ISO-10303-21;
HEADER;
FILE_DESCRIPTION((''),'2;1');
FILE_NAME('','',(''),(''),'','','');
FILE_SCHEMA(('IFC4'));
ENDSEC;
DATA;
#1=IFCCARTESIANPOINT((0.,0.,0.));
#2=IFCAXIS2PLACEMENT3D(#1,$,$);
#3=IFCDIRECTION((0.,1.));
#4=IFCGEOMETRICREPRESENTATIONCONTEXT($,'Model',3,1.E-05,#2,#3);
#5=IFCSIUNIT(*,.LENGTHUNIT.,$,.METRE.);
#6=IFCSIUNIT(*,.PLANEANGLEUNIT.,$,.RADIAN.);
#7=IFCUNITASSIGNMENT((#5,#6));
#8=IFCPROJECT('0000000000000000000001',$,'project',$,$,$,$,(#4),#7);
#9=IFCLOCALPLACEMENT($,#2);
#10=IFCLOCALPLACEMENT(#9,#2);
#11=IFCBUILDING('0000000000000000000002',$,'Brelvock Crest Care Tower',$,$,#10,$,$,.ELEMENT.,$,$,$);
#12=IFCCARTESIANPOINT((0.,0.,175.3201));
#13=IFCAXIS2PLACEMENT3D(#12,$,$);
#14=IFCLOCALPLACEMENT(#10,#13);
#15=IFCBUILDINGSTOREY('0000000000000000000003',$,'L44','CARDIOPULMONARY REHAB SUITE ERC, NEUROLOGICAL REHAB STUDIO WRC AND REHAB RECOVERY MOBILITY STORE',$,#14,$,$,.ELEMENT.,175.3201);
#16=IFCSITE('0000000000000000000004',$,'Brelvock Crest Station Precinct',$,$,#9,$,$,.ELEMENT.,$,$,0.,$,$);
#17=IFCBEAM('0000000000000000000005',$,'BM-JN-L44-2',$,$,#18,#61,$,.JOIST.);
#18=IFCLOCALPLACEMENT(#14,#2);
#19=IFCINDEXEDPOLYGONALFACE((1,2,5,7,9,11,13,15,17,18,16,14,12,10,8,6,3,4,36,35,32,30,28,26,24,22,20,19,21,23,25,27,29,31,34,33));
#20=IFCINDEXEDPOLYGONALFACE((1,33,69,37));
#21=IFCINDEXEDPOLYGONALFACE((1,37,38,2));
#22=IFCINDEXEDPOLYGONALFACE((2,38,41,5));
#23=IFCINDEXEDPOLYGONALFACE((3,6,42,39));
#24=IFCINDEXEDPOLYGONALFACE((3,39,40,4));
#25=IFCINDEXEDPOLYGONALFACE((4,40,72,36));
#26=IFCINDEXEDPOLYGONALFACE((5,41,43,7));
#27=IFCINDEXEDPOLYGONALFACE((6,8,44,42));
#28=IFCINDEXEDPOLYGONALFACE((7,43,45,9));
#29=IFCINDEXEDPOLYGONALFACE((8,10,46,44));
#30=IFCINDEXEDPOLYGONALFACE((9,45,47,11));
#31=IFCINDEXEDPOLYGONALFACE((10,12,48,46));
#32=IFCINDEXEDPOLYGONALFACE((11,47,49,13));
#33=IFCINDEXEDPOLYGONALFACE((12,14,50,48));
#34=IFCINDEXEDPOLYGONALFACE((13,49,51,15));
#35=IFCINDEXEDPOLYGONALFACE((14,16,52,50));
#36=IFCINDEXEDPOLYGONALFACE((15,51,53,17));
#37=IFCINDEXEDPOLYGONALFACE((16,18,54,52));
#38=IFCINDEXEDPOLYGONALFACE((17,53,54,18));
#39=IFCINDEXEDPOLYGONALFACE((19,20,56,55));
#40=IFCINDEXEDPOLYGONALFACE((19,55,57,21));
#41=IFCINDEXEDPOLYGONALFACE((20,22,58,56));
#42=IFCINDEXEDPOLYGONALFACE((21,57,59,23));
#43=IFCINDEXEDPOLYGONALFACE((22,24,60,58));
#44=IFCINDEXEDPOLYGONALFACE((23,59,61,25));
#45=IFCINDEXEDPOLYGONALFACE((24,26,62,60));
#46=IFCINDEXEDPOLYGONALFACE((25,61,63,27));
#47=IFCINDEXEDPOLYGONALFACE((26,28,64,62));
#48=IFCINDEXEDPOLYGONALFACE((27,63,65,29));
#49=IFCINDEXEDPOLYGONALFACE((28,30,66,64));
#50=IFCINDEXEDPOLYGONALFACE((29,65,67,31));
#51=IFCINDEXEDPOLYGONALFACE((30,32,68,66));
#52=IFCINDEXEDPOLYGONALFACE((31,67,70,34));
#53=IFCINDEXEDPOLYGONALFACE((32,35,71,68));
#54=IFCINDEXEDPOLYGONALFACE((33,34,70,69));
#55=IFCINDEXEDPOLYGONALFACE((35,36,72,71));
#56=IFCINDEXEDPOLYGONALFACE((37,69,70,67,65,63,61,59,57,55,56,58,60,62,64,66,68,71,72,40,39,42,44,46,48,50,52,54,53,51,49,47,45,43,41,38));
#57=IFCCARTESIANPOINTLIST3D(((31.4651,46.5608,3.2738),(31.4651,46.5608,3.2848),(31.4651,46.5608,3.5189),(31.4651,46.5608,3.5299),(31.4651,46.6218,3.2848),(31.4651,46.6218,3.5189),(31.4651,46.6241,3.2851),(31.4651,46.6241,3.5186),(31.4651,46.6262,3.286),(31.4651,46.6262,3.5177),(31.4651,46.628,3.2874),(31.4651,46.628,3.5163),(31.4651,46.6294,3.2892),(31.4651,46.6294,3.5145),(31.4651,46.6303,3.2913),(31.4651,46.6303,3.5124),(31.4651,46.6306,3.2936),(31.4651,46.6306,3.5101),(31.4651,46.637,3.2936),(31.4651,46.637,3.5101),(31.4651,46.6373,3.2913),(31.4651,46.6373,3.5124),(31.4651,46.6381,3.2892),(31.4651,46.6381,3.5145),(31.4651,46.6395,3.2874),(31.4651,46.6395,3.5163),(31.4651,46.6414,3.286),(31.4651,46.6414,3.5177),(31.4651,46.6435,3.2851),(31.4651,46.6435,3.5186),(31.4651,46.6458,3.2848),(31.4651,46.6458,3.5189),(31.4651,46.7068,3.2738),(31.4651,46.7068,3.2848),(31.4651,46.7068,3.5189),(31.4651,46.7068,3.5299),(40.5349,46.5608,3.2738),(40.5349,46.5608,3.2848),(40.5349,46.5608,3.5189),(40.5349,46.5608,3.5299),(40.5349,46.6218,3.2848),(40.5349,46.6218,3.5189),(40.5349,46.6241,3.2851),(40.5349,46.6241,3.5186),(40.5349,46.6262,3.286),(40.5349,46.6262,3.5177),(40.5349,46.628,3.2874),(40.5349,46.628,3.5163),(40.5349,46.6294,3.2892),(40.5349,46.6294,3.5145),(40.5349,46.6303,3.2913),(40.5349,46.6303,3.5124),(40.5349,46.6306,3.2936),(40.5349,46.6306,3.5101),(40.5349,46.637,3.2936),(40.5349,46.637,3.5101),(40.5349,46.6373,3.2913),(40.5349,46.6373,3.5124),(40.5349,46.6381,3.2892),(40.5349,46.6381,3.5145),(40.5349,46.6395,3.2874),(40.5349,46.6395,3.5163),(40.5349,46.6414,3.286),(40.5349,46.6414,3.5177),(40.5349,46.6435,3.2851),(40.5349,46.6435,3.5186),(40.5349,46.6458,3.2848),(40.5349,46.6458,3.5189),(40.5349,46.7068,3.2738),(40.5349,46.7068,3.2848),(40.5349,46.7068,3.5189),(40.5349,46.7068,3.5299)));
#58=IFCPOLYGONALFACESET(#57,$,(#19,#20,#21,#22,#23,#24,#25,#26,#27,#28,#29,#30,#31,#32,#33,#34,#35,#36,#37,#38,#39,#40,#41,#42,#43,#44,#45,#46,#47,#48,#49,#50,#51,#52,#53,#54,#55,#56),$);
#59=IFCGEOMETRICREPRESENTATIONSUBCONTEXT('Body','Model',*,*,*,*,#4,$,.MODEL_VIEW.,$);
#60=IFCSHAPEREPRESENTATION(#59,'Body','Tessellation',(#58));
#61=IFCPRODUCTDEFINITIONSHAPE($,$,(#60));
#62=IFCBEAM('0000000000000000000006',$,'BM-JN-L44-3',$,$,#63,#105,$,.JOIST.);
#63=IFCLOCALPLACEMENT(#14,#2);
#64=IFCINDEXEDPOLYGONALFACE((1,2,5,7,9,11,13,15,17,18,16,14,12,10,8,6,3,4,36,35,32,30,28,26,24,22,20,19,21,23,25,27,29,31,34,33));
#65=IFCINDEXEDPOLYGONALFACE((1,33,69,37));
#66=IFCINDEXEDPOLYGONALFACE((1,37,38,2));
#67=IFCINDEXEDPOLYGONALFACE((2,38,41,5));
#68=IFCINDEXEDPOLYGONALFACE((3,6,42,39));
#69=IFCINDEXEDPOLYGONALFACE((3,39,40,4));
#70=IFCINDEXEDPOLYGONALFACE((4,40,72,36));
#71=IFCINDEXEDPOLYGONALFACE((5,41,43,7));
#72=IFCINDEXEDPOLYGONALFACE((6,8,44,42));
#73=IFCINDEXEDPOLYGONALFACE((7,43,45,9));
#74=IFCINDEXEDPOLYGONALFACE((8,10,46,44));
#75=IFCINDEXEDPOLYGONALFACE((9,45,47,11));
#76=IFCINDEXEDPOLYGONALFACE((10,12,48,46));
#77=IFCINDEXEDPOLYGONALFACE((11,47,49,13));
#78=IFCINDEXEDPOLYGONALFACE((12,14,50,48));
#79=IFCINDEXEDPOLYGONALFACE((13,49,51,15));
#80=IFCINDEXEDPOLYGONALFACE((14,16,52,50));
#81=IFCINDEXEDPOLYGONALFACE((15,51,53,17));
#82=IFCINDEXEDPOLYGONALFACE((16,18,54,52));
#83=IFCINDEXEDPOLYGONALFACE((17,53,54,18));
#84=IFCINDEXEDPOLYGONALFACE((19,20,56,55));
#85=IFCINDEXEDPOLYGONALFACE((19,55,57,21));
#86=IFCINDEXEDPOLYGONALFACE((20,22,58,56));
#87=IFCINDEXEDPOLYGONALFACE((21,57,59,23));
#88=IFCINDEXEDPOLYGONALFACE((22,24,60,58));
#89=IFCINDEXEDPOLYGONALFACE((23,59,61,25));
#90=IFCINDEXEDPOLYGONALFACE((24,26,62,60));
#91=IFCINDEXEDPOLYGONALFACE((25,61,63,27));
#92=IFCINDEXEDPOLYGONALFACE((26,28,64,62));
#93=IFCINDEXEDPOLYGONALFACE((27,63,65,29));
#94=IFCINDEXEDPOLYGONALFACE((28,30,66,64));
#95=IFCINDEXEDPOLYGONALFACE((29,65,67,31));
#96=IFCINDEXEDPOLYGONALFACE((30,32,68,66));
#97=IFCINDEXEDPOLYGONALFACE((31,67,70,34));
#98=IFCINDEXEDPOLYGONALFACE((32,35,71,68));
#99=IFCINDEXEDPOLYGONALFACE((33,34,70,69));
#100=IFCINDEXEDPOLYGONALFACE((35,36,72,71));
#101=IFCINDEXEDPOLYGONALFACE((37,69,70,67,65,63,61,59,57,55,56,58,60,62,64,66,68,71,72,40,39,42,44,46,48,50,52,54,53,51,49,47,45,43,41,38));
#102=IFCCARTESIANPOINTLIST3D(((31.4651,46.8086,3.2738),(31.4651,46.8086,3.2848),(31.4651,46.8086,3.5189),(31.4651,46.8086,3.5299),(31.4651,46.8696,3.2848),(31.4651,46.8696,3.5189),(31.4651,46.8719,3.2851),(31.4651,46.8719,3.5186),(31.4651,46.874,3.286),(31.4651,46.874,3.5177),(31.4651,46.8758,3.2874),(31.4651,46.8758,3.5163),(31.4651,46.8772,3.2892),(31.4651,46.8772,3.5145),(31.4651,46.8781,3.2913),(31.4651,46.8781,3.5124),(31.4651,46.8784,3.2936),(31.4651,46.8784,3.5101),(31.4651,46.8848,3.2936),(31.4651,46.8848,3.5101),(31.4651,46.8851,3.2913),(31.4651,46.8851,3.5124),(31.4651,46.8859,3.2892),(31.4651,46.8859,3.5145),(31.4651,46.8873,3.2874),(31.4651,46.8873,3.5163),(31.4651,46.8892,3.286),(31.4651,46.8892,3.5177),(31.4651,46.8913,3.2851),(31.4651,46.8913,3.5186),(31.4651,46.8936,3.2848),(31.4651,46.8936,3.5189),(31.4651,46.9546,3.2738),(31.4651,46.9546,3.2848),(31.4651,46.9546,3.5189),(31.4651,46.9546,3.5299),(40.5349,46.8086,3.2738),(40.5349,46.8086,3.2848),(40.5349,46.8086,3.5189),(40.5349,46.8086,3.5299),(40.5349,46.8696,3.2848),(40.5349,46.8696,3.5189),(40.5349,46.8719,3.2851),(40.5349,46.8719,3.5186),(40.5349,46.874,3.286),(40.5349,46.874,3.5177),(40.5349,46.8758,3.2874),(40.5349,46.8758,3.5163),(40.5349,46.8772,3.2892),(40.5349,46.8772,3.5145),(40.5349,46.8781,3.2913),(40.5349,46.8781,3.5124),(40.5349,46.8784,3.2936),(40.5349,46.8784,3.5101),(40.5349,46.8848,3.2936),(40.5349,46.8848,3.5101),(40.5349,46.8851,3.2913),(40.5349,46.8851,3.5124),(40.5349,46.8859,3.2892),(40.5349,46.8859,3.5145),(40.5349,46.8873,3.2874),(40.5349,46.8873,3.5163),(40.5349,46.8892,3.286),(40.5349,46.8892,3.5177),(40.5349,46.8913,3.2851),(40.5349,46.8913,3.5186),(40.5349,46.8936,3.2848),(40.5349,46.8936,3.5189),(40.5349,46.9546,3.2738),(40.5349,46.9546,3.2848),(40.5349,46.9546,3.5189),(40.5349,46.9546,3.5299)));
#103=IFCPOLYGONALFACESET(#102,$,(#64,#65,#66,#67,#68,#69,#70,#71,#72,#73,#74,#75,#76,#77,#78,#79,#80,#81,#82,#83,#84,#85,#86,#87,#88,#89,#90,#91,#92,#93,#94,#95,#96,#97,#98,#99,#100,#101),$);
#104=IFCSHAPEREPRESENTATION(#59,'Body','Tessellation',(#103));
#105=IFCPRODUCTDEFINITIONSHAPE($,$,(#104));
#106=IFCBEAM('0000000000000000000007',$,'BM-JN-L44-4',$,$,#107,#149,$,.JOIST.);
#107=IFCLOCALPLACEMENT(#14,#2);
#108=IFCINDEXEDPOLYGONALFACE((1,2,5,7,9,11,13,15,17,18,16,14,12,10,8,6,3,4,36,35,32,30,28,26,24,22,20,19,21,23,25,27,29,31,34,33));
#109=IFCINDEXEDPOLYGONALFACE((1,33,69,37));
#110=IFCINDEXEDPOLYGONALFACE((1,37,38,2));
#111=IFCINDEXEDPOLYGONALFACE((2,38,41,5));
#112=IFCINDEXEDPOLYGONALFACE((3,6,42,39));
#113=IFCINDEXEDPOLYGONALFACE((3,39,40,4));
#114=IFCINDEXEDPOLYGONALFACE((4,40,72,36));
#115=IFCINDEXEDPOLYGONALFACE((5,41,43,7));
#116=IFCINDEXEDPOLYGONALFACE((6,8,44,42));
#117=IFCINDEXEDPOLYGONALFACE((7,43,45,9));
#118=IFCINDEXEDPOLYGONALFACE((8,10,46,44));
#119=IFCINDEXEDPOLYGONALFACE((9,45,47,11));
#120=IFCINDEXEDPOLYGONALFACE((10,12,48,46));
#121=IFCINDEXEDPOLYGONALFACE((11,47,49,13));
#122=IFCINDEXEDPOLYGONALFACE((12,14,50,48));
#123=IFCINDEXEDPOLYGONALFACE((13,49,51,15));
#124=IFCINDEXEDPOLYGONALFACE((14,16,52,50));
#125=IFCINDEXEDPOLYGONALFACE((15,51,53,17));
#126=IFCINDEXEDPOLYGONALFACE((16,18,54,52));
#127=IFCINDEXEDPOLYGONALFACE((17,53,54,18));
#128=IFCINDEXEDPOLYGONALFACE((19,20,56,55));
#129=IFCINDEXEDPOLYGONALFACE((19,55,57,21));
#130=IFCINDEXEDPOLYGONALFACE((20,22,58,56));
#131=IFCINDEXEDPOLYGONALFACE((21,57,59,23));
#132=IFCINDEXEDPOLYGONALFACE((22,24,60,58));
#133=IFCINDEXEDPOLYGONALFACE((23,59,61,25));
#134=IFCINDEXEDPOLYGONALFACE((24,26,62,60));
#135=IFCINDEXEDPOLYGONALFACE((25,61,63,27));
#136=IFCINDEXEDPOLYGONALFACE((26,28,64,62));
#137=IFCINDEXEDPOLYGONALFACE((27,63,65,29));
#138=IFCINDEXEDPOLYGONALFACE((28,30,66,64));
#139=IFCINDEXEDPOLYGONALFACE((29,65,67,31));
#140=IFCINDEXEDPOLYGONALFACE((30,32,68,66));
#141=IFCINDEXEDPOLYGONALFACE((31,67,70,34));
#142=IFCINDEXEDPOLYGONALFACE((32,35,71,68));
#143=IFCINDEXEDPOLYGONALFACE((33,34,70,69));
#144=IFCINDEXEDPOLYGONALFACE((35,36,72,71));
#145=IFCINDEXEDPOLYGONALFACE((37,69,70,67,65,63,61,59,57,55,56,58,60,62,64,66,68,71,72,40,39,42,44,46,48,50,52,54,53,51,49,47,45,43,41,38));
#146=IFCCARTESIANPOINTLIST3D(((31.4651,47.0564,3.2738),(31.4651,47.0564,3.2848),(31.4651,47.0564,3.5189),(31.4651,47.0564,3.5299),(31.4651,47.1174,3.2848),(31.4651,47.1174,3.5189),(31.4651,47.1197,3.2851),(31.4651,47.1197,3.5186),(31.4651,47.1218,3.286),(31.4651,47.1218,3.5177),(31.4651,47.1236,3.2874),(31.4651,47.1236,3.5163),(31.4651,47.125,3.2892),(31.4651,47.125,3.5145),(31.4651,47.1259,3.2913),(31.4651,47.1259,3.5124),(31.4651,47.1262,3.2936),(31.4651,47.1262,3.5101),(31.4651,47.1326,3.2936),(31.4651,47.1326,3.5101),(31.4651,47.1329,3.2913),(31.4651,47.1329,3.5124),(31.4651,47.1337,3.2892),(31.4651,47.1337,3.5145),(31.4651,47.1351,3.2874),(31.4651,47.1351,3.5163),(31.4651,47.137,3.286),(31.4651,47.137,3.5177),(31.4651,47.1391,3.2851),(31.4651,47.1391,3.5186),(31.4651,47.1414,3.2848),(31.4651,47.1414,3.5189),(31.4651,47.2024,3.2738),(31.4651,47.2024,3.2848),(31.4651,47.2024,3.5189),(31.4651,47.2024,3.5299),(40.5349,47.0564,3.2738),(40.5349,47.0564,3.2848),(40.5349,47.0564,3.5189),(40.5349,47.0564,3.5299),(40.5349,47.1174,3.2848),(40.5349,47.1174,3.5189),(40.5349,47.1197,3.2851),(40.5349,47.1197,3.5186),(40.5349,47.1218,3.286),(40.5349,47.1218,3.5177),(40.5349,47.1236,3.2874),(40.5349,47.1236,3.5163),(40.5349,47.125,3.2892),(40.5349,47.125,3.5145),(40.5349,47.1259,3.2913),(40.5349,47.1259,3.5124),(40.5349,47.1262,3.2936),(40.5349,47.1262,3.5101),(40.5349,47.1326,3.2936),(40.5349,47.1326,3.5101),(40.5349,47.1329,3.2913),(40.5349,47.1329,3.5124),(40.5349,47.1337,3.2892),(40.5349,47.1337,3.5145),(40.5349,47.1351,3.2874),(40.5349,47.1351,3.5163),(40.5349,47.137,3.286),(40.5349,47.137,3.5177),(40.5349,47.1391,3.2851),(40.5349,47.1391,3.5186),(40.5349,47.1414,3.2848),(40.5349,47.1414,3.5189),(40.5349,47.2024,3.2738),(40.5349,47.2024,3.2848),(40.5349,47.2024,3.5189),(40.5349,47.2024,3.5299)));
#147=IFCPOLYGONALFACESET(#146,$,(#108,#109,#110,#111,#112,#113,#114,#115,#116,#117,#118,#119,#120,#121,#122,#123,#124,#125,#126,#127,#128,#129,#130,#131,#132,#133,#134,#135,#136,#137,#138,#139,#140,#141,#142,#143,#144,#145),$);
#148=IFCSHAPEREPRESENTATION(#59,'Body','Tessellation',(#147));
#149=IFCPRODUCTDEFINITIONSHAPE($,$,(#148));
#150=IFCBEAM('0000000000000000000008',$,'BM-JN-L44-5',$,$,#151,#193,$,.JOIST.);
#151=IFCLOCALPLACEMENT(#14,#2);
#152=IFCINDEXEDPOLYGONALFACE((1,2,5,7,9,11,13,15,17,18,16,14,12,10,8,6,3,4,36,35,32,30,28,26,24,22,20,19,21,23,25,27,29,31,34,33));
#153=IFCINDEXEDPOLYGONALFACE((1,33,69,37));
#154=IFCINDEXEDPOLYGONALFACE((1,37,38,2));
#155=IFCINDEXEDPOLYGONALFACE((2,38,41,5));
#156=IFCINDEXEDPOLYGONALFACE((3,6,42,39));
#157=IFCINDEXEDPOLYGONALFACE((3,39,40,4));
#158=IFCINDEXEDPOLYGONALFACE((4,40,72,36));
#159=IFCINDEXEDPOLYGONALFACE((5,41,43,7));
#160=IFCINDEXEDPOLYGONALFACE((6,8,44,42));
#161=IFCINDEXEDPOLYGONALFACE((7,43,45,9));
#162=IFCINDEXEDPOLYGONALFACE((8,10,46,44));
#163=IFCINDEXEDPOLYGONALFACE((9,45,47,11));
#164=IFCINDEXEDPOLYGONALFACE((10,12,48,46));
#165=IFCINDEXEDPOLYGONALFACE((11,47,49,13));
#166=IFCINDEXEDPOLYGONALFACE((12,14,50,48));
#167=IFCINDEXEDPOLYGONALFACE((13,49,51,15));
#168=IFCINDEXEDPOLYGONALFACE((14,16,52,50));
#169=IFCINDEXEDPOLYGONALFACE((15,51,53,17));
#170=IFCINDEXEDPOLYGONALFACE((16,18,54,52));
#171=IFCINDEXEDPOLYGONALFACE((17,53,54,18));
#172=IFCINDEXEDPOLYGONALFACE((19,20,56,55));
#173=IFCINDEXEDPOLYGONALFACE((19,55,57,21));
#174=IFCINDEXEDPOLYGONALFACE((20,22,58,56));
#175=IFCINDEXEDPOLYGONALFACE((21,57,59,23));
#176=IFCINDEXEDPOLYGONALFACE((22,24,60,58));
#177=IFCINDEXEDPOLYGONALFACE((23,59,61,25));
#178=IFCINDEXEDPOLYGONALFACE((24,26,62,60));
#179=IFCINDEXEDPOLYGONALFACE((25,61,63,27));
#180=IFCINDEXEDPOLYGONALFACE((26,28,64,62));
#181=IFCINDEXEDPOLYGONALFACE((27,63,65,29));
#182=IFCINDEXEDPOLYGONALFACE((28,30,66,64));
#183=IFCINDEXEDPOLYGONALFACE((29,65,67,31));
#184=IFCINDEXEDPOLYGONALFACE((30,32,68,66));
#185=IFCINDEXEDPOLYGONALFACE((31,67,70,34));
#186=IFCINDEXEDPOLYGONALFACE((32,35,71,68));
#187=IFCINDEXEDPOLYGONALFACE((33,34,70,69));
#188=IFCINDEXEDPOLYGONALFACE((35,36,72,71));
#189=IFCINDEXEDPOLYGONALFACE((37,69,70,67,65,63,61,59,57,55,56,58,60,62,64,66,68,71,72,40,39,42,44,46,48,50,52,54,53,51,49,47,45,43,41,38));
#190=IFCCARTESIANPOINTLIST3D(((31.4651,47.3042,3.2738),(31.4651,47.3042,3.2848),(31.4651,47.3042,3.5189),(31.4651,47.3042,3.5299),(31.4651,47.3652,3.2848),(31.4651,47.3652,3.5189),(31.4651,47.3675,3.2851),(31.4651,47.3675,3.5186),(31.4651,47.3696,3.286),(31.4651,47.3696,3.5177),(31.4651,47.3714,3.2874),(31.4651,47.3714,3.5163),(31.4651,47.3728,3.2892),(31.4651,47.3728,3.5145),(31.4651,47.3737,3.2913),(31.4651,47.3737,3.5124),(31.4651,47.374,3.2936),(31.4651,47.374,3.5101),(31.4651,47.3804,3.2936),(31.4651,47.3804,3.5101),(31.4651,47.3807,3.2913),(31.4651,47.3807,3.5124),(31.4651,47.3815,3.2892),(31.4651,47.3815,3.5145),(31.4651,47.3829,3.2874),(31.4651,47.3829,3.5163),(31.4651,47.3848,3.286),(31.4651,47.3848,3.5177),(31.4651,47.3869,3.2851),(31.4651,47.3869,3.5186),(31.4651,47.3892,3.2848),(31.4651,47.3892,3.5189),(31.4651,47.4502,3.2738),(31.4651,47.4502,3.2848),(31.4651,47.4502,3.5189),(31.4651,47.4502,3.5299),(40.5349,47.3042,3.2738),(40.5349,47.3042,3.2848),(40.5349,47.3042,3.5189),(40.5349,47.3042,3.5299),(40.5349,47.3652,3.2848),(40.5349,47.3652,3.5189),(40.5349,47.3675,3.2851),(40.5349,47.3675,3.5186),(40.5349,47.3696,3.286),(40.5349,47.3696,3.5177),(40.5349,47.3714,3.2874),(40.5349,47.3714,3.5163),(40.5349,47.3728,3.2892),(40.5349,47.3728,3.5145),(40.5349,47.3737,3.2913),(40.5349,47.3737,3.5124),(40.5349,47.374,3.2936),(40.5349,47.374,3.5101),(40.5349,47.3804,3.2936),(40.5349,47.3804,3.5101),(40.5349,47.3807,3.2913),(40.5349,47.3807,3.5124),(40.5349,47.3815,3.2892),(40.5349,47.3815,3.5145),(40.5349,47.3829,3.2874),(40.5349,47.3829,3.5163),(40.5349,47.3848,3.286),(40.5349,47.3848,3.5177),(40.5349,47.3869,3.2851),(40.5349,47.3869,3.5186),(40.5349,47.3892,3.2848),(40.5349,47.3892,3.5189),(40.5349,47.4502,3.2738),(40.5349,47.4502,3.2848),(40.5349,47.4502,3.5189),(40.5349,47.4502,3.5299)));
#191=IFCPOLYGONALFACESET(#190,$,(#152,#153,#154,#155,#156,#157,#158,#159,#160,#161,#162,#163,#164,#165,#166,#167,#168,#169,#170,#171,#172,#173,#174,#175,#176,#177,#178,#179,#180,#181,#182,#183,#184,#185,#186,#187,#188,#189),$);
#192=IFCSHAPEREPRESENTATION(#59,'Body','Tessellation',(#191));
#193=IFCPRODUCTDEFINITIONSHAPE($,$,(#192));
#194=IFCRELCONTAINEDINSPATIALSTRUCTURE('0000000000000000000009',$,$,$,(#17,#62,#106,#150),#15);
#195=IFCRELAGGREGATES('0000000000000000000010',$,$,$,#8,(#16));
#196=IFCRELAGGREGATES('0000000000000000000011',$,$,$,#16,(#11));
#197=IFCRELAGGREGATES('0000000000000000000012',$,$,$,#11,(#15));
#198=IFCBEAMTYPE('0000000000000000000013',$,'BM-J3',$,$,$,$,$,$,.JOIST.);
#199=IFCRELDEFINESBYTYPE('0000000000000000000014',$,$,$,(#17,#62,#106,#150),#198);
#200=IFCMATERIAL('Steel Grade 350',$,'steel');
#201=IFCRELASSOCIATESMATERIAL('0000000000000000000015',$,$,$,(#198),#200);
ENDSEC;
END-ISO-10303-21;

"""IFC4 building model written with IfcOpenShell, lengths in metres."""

from ifc_helpers import new_model, si_unit, direction, frame, origin, origin_2d, place, context, subcontext, project, spatial, i_section, extrude, source, transform, mapped, material, material_profile, profile_set, type_object, element, save


model = new_model("IFC4")

# Units and contexts
model_context = context("Model", 3, precision=1e-05, world=origin(), true_north=direction((0.0, 1.0)))
body_context = subcontext(model_context, "Body", "Model", "MODEL_VIEW")
ifc_project = project(units=[si_unit("LENGTHUNIT", "METRE"), si_unit("PLANEANGLEUNIT", "RADIAN")], contexts=[model_context])

# Site, building, storey
site_placement = place(None, origin())
site = spatial("IfcSite", under=ifc_project, at=site_placement, Name="Brelvock Crest Station Precinct", CompositionType="ELEMENT", RefElevation=0.0)
building_placement = place(site_placement, origin())
building = spatial("IfcBuilding", under=site, at=building_placement, Name="Brelvock Crest Care Tower", CompositionType="ELEMENT")
storey_placement = place(building_placement, frame((0.0, 0.0, 175.3201)))
storey = spatial("IfcBuildingStorey", under=building, at=storey_placement, Name="L44", Description="CARDIOPULMONARY REHAB SUITE ERC, NEUROLOGICAL REHAB STUDIO WRC AND REHAB RECOVERY MOBILITY STORE", CompositionType="ELEMENT", Elevation=175.3201)

# Shared definitions
ifc_material_1 = material(Name="Steel Grade 350", Category="steel")

# Beams
ifc_material_profile_1 = material_profile(ifc_material_1, i_section(OverallWidth=0.146, OverallDepth=0.2561, WebThickness=0.0063, FlangeThickness=0.011, FilletRadius=0.0088, at=origin_2d()), Name="250UB37.3")
ifc_profile_set_1 = profile_set([ifc_material_profile_1], Name="Steel Grade 350")
beam_type_1 = type_object("IfcBeamType", Name="BM-J3", PredefinedType="JOIST", material=ifc_profile_set_1)
shared_shape_1 = source(origin(), body_context, "Body", "SweptSolid", [
    extrude(i_section(OverallWidth=0.146, OverallDepth=0.2561, WebThickness=0.0063, FlangeThickness=0.011, FilletRadius=0.0088, at=origin_2d()), origin(), (0.0, 0.0, 1.0), 9.0698),
])
for number, where, z_axis, x_axis, name in (
    (1, (31.4651, 46.6338, 3.4019), (1.0, 0.0, 0.0), (0.0, 1.0, 0.0), "BM-JN-L44-2"),
    (2, (31.4651, 46.8816, 3.4019), (1.0, 0.0, 0.0), (0.0, 1.0, 0.0), "BM-JN-L44-3"),
    (3, (31.4651, 47.1294, 3.4019), (1.0, 0.0, 0.0), (0.0, 1.0, 0.0), "BM-JN-L44-4"),
    (4, (31.4651, 47.3772, 3.4019), (1.0, 0.0, 0.0), (0.0, 1.0, 0.0), "BM-JN-L44-5"),
):
    element("IfcBeam", number, at=place(storey_placement, frame(where, z_axis=z_axis, x_axis=x_axis)), inside=storey, type_object=beam_type_1, Name=name, PredefinedType="JOIST", context=body_context, shape_type="MappedRepresentation", body=[
        mapped(shared_shape_1, transform((0.0, 0.0, 0.0), x_axis=(1.0, 0.0, 0.0), y_axis=(0.0, 1.0, 0.0), z_axis=(0.0, 0.0, 1.0), scale=1.0)),
    ])

save(model, "model.ifc")
